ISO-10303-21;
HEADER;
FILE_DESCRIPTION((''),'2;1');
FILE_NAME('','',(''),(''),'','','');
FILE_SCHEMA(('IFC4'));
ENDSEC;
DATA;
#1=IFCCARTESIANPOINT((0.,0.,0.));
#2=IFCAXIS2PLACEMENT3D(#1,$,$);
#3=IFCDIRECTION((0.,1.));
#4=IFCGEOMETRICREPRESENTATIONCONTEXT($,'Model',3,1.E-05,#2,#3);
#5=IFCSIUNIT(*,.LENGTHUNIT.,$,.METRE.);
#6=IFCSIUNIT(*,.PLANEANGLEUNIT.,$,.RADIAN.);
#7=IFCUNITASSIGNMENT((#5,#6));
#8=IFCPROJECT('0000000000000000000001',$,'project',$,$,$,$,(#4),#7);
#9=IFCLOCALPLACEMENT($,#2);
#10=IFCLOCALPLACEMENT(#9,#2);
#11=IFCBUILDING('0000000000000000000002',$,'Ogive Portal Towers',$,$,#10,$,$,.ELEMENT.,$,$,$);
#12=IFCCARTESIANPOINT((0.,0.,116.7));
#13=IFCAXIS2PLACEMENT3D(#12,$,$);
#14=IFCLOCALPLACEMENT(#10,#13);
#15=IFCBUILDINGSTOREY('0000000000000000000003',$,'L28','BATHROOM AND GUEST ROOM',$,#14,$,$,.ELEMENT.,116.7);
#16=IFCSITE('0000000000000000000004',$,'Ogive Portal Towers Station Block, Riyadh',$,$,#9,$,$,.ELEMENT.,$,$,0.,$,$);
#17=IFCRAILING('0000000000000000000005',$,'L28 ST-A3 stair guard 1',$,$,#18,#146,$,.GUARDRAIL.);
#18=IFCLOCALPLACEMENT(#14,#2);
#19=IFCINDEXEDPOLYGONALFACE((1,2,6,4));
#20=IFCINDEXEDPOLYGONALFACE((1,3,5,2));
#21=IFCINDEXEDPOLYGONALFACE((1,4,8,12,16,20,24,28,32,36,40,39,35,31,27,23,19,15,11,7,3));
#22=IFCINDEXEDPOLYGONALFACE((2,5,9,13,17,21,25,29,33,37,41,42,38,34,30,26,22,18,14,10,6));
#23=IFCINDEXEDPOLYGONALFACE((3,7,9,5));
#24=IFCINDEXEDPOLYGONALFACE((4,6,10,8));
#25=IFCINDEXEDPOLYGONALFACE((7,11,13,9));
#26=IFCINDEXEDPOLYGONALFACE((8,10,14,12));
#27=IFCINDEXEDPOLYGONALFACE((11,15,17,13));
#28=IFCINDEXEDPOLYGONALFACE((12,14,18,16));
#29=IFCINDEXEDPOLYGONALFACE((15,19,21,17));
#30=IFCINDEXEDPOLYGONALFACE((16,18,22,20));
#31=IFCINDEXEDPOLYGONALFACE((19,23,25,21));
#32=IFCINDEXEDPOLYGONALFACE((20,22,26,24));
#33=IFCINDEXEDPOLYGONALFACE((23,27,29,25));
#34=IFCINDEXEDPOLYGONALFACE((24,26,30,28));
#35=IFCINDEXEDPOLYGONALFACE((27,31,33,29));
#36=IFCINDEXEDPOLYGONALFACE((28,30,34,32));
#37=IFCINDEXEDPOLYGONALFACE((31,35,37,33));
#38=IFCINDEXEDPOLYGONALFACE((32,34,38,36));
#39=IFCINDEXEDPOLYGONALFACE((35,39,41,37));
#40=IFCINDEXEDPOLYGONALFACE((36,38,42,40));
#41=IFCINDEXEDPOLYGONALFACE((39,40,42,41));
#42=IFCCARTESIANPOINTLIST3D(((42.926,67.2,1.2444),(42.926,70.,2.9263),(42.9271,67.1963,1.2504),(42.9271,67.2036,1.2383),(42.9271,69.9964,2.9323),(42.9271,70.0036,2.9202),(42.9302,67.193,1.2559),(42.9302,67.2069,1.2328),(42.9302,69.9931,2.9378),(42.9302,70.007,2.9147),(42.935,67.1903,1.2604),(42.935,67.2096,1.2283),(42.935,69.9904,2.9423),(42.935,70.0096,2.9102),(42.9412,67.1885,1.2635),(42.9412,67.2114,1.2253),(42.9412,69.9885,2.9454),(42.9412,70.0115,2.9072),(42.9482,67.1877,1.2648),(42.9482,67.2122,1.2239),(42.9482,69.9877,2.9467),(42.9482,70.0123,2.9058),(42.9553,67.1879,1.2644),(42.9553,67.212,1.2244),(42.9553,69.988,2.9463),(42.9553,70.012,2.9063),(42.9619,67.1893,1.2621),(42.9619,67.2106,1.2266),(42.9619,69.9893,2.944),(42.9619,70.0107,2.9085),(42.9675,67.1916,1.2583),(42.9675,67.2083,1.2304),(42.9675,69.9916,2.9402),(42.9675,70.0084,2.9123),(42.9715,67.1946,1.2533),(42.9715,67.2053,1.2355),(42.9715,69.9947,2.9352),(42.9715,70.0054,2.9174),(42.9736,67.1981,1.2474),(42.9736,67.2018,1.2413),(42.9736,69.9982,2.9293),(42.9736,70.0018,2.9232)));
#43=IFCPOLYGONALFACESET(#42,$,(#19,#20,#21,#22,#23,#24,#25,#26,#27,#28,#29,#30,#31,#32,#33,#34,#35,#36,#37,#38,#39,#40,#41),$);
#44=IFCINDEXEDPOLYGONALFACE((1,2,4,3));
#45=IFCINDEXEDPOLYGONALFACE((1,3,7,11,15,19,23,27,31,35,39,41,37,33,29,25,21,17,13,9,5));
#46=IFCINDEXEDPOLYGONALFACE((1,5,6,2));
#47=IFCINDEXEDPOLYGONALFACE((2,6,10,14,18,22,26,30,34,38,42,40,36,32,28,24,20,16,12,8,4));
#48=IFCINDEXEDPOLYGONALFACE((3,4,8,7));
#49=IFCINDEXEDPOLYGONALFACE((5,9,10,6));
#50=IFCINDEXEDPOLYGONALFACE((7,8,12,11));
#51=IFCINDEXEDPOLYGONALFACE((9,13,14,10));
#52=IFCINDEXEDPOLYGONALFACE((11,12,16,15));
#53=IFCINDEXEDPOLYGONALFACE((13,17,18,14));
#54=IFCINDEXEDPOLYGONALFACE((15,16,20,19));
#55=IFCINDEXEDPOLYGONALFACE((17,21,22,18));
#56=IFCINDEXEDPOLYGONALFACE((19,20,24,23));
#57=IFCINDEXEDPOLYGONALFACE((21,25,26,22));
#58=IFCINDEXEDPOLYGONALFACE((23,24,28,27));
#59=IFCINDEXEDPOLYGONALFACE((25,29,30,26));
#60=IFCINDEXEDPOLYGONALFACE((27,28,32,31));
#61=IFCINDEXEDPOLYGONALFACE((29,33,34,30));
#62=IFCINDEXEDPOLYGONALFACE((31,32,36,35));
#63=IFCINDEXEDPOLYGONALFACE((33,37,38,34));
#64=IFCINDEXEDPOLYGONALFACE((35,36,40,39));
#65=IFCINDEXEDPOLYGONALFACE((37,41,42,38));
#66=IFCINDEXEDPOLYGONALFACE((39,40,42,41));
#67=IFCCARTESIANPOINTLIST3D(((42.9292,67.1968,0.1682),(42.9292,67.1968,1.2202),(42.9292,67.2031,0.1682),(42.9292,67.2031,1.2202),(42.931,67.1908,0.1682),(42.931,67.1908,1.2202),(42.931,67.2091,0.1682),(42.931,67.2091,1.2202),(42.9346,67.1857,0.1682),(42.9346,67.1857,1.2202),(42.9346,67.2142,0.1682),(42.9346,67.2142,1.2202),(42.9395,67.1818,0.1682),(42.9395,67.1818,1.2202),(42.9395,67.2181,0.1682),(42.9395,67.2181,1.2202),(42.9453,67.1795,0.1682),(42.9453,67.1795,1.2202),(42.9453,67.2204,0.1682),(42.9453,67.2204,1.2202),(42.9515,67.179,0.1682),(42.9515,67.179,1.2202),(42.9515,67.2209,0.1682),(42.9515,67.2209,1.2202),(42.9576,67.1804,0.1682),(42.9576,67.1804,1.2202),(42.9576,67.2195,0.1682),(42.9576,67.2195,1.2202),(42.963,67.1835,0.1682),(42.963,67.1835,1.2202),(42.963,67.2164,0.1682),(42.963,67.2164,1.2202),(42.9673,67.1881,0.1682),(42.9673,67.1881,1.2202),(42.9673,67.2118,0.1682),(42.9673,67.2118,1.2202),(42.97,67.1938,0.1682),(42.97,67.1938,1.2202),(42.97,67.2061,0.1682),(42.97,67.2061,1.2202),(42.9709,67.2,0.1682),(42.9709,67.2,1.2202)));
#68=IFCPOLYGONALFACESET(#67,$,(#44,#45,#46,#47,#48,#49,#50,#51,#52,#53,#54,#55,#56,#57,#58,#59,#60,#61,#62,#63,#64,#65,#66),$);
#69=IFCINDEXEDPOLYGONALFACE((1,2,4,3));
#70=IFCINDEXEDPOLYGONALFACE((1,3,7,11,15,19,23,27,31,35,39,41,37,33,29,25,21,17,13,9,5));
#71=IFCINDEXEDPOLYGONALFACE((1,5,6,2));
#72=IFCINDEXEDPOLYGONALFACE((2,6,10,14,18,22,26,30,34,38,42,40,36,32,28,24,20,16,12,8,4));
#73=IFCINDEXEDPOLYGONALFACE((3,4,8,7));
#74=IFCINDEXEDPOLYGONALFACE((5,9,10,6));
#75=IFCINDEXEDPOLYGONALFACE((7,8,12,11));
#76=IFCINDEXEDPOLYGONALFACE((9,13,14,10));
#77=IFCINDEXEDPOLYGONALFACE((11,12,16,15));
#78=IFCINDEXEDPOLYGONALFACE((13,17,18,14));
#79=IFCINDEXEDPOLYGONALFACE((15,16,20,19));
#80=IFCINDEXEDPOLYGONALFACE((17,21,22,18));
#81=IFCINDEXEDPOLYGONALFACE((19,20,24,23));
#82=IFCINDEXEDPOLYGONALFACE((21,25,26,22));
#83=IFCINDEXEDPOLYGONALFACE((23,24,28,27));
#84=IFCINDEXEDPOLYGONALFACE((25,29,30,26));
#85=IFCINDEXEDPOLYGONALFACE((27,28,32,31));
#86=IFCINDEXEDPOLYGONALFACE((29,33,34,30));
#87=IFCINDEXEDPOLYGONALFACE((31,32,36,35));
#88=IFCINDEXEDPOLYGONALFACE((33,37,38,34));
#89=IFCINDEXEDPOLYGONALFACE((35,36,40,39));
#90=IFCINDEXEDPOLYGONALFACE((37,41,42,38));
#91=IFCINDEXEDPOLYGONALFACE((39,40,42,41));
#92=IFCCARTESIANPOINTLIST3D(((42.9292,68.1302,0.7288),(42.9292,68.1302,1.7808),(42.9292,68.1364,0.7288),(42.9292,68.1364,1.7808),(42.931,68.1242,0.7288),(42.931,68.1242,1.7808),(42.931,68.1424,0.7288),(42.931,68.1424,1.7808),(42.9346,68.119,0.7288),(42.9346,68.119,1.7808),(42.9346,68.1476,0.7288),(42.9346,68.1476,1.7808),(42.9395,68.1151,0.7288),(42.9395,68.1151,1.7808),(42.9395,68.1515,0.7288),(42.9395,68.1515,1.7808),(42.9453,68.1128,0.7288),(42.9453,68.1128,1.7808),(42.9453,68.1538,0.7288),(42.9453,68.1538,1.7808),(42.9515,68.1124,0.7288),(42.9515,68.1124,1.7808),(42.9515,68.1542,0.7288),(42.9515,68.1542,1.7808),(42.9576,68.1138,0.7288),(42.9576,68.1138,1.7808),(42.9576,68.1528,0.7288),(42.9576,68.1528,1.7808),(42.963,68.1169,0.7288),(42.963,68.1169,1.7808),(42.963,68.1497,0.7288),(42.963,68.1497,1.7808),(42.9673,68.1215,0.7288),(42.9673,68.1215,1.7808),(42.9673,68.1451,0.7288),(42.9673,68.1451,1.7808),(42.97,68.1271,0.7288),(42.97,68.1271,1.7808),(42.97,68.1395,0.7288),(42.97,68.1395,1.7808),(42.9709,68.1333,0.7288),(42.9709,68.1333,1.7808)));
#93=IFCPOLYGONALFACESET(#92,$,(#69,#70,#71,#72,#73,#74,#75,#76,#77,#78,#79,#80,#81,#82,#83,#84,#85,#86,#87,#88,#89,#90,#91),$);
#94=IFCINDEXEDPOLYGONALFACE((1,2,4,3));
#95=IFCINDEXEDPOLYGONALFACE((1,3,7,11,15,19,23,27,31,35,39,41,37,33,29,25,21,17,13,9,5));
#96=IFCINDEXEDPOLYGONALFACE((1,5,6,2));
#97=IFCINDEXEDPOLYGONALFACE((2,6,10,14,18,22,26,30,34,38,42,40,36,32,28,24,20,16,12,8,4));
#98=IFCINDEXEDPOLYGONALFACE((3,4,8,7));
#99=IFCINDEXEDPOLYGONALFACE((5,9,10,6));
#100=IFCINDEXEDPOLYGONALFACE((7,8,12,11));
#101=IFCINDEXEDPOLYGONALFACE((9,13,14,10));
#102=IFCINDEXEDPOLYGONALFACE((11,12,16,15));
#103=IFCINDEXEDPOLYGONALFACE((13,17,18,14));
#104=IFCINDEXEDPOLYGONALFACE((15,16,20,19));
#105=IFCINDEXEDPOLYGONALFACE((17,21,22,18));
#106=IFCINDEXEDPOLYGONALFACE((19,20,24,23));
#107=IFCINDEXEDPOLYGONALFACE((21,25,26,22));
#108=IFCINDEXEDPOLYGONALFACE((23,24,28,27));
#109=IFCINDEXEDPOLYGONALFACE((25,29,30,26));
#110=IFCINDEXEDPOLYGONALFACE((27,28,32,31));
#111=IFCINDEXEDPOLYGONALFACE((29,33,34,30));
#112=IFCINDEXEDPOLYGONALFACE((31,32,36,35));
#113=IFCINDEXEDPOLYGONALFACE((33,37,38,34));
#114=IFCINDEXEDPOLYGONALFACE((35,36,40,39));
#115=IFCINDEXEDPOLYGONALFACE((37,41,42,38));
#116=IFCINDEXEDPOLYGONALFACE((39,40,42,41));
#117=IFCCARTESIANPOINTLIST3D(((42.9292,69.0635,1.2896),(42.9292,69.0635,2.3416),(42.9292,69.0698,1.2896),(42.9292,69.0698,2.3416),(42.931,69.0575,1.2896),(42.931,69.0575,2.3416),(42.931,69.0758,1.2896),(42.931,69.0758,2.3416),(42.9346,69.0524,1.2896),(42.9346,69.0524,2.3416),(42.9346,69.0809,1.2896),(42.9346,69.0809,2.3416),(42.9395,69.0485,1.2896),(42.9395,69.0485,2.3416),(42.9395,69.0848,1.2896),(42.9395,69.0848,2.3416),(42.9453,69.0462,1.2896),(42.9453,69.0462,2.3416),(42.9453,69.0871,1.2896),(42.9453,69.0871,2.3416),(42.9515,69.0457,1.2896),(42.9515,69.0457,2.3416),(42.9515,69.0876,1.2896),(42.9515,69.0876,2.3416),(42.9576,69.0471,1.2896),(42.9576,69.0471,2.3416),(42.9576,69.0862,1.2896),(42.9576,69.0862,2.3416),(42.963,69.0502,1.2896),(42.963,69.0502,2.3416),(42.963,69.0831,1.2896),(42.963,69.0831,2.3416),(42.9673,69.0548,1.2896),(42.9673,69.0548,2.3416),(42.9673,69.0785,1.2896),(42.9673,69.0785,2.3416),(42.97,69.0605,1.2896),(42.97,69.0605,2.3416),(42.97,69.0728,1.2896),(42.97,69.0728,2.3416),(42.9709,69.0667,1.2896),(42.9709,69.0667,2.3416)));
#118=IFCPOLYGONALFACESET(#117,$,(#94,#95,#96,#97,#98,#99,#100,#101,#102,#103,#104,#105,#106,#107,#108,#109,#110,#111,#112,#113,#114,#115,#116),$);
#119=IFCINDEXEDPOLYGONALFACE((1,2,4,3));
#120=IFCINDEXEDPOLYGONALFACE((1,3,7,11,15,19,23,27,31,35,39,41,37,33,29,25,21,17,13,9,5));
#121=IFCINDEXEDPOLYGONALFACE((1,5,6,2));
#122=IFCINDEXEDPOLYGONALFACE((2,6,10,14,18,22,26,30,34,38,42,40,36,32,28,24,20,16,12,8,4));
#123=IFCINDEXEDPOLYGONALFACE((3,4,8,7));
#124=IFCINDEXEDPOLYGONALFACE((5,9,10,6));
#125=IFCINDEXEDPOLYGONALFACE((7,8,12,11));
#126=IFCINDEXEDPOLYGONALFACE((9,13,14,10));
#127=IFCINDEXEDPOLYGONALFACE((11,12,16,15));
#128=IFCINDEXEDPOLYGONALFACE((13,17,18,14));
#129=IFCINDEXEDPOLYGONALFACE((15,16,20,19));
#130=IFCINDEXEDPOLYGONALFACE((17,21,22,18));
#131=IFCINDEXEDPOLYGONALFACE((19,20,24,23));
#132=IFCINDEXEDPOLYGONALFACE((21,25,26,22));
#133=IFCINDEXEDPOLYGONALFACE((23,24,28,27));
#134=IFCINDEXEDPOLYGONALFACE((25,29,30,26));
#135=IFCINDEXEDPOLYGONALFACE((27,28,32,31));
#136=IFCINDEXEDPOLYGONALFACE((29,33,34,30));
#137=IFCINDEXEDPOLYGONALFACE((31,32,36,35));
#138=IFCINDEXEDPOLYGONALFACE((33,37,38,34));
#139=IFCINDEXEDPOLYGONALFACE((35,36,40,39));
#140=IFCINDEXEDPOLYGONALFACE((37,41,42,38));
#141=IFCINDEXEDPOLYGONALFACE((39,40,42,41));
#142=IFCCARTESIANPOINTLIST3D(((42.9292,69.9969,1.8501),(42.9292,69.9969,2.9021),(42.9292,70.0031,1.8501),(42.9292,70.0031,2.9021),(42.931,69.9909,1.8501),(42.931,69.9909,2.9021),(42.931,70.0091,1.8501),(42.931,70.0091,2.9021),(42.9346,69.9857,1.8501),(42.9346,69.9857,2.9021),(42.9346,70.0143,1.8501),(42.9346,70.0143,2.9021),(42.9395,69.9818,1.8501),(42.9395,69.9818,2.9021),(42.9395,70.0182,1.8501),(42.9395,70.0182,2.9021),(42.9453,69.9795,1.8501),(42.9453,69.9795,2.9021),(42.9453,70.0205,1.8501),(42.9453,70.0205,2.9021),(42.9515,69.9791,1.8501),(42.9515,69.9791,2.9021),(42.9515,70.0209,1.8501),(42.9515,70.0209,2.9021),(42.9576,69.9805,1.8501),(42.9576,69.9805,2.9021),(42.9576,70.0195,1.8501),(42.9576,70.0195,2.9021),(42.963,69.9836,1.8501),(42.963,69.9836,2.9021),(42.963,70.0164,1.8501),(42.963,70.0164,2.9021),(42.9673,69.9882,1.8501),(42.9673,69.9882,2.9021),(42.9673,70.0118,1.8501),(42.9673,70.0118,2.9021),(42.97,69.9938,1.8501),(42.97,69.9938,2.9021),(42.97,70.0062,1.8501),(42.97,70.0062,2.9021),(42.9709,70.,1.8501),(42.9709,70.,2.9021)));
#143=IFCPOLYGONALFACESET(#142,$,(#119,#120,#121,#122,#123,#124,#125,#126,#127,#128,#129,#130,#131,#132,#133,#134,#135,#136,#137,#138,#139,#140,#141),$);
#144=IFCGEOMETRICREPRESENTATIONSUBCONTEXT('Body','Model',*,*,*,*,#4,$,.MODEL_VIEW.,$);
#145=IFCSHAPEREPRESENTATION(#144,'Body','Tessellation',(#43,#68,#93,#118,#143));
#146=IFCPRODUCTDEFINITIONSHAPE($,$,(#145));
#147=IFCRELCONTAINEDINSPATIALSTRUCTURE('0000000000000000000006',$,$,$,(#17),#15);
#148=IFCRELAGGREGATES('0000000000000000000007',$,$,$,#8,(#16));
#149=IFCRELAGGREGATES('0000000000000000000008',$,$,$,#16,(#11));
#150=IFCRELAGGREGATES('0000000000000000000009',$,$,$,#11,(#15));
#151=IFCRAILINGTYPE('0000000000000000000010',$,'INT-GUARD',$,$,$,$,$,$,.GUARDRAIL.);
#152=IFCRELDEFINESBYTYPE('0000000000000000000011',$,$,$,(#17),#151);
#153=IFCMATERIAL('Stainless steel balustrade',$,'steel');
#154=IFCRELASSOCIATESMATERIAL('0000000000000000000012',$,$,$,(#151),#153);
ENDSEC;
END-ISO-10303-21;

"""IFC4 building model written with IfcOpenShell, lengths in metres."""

from ifc_helpers import new_model, si_unit, direction, frame, origin, origin_2d, place, context, subcontext, project, spatial, circle, extrude, material, type_object, element, save


model = new_model("IFC4")

# Units and contexts
model_context = context("Model", 3, precision=1e-05, world=origin(), true_north=direction((0.0, 1.0)))
body_context = subcontext(model_context, "Body", "Model", "MODEL_VIEW")
ifc_project = project(units=[si_unit("LENGTHUNIT", "METRE"), si_unit("PLANEANGLEUNIT", "RADIAN")], contexts=[model_context])

# Site, building, storey
site_placement = place(None, origin())
site = spatial("IfcSite", under=ifc_project, at=site_placement, Name="Ogive Portal Towers Station Block, Riyadh", CompositionType="ELEMENT", RefElevation=0.0)
building_placement = place(site_placement, origin())
building = spatial("IfcBuilding", under=site, at=building_placement, Name="Ogive Portal Towers", CompositionType="ELEMENT")
storey_placement = place(building_placement, frame((0.0, 0.0, 116.7)))
storey = spatial("IfcBuildingStorey", under=building, at=storey_placement, Name="L28", Description="BATHROOM AND GUEST ROOM", CompositionType="ELEMENT", Elevation=116.7)

# Railing
ifc_material_1 = material(Name="Stainless steel balustrade", Category="steel")
railing_type_1 = type_object("IfcRailingType", Name="INT-GUARD", PredefinedType="GUARDRAIL", material=ifc_material_1)
railing_1_placement = place(storey_placement, frame((42.95, 67.2, 0.1682)))
element("IfcRailing", 1, at=railing_1_placement, inside=storey, type_object=railing_type_1, Name="L28 ST-A3 stair guard 1", PredefinedType="GUARDRAIL", context=body_context, shape_type="SweptSolid", body=[
    extrude(circle(Radius=0.0239, at=origin_2d()), frame((0.0, 0.0, 1.0762), z_axis=(0.0, 0.857242, 0.514913), x_axis=(-1.0, 0.0, 0.0)), (0.0, 0.0, 1.0), 3.2664),
    extrude(circle(Radius=0.021, at=origin_2d()), origin(), (0.0, 0.0, 1.0), 1.052),
    extrude(circle(Radius=0.021, at=origin_2d()), frame((0.0, 0.9333, 0.5605)), (0.0, 0.0, 1.0), 1.052),
    extrude(circle(Radius=0.021, at=origin_2d()), frame((0.0, 1.8667, 1.1213)), (0.0, 0.0, 1.0), 1.052),
    extrude(circle(Radius=0.021, at=origin_2d()), frame((0.0, 2.8, 1.6819)), (0.0, 0.0, 1.0), 1.052),
])

save(model, "model.ifc")
